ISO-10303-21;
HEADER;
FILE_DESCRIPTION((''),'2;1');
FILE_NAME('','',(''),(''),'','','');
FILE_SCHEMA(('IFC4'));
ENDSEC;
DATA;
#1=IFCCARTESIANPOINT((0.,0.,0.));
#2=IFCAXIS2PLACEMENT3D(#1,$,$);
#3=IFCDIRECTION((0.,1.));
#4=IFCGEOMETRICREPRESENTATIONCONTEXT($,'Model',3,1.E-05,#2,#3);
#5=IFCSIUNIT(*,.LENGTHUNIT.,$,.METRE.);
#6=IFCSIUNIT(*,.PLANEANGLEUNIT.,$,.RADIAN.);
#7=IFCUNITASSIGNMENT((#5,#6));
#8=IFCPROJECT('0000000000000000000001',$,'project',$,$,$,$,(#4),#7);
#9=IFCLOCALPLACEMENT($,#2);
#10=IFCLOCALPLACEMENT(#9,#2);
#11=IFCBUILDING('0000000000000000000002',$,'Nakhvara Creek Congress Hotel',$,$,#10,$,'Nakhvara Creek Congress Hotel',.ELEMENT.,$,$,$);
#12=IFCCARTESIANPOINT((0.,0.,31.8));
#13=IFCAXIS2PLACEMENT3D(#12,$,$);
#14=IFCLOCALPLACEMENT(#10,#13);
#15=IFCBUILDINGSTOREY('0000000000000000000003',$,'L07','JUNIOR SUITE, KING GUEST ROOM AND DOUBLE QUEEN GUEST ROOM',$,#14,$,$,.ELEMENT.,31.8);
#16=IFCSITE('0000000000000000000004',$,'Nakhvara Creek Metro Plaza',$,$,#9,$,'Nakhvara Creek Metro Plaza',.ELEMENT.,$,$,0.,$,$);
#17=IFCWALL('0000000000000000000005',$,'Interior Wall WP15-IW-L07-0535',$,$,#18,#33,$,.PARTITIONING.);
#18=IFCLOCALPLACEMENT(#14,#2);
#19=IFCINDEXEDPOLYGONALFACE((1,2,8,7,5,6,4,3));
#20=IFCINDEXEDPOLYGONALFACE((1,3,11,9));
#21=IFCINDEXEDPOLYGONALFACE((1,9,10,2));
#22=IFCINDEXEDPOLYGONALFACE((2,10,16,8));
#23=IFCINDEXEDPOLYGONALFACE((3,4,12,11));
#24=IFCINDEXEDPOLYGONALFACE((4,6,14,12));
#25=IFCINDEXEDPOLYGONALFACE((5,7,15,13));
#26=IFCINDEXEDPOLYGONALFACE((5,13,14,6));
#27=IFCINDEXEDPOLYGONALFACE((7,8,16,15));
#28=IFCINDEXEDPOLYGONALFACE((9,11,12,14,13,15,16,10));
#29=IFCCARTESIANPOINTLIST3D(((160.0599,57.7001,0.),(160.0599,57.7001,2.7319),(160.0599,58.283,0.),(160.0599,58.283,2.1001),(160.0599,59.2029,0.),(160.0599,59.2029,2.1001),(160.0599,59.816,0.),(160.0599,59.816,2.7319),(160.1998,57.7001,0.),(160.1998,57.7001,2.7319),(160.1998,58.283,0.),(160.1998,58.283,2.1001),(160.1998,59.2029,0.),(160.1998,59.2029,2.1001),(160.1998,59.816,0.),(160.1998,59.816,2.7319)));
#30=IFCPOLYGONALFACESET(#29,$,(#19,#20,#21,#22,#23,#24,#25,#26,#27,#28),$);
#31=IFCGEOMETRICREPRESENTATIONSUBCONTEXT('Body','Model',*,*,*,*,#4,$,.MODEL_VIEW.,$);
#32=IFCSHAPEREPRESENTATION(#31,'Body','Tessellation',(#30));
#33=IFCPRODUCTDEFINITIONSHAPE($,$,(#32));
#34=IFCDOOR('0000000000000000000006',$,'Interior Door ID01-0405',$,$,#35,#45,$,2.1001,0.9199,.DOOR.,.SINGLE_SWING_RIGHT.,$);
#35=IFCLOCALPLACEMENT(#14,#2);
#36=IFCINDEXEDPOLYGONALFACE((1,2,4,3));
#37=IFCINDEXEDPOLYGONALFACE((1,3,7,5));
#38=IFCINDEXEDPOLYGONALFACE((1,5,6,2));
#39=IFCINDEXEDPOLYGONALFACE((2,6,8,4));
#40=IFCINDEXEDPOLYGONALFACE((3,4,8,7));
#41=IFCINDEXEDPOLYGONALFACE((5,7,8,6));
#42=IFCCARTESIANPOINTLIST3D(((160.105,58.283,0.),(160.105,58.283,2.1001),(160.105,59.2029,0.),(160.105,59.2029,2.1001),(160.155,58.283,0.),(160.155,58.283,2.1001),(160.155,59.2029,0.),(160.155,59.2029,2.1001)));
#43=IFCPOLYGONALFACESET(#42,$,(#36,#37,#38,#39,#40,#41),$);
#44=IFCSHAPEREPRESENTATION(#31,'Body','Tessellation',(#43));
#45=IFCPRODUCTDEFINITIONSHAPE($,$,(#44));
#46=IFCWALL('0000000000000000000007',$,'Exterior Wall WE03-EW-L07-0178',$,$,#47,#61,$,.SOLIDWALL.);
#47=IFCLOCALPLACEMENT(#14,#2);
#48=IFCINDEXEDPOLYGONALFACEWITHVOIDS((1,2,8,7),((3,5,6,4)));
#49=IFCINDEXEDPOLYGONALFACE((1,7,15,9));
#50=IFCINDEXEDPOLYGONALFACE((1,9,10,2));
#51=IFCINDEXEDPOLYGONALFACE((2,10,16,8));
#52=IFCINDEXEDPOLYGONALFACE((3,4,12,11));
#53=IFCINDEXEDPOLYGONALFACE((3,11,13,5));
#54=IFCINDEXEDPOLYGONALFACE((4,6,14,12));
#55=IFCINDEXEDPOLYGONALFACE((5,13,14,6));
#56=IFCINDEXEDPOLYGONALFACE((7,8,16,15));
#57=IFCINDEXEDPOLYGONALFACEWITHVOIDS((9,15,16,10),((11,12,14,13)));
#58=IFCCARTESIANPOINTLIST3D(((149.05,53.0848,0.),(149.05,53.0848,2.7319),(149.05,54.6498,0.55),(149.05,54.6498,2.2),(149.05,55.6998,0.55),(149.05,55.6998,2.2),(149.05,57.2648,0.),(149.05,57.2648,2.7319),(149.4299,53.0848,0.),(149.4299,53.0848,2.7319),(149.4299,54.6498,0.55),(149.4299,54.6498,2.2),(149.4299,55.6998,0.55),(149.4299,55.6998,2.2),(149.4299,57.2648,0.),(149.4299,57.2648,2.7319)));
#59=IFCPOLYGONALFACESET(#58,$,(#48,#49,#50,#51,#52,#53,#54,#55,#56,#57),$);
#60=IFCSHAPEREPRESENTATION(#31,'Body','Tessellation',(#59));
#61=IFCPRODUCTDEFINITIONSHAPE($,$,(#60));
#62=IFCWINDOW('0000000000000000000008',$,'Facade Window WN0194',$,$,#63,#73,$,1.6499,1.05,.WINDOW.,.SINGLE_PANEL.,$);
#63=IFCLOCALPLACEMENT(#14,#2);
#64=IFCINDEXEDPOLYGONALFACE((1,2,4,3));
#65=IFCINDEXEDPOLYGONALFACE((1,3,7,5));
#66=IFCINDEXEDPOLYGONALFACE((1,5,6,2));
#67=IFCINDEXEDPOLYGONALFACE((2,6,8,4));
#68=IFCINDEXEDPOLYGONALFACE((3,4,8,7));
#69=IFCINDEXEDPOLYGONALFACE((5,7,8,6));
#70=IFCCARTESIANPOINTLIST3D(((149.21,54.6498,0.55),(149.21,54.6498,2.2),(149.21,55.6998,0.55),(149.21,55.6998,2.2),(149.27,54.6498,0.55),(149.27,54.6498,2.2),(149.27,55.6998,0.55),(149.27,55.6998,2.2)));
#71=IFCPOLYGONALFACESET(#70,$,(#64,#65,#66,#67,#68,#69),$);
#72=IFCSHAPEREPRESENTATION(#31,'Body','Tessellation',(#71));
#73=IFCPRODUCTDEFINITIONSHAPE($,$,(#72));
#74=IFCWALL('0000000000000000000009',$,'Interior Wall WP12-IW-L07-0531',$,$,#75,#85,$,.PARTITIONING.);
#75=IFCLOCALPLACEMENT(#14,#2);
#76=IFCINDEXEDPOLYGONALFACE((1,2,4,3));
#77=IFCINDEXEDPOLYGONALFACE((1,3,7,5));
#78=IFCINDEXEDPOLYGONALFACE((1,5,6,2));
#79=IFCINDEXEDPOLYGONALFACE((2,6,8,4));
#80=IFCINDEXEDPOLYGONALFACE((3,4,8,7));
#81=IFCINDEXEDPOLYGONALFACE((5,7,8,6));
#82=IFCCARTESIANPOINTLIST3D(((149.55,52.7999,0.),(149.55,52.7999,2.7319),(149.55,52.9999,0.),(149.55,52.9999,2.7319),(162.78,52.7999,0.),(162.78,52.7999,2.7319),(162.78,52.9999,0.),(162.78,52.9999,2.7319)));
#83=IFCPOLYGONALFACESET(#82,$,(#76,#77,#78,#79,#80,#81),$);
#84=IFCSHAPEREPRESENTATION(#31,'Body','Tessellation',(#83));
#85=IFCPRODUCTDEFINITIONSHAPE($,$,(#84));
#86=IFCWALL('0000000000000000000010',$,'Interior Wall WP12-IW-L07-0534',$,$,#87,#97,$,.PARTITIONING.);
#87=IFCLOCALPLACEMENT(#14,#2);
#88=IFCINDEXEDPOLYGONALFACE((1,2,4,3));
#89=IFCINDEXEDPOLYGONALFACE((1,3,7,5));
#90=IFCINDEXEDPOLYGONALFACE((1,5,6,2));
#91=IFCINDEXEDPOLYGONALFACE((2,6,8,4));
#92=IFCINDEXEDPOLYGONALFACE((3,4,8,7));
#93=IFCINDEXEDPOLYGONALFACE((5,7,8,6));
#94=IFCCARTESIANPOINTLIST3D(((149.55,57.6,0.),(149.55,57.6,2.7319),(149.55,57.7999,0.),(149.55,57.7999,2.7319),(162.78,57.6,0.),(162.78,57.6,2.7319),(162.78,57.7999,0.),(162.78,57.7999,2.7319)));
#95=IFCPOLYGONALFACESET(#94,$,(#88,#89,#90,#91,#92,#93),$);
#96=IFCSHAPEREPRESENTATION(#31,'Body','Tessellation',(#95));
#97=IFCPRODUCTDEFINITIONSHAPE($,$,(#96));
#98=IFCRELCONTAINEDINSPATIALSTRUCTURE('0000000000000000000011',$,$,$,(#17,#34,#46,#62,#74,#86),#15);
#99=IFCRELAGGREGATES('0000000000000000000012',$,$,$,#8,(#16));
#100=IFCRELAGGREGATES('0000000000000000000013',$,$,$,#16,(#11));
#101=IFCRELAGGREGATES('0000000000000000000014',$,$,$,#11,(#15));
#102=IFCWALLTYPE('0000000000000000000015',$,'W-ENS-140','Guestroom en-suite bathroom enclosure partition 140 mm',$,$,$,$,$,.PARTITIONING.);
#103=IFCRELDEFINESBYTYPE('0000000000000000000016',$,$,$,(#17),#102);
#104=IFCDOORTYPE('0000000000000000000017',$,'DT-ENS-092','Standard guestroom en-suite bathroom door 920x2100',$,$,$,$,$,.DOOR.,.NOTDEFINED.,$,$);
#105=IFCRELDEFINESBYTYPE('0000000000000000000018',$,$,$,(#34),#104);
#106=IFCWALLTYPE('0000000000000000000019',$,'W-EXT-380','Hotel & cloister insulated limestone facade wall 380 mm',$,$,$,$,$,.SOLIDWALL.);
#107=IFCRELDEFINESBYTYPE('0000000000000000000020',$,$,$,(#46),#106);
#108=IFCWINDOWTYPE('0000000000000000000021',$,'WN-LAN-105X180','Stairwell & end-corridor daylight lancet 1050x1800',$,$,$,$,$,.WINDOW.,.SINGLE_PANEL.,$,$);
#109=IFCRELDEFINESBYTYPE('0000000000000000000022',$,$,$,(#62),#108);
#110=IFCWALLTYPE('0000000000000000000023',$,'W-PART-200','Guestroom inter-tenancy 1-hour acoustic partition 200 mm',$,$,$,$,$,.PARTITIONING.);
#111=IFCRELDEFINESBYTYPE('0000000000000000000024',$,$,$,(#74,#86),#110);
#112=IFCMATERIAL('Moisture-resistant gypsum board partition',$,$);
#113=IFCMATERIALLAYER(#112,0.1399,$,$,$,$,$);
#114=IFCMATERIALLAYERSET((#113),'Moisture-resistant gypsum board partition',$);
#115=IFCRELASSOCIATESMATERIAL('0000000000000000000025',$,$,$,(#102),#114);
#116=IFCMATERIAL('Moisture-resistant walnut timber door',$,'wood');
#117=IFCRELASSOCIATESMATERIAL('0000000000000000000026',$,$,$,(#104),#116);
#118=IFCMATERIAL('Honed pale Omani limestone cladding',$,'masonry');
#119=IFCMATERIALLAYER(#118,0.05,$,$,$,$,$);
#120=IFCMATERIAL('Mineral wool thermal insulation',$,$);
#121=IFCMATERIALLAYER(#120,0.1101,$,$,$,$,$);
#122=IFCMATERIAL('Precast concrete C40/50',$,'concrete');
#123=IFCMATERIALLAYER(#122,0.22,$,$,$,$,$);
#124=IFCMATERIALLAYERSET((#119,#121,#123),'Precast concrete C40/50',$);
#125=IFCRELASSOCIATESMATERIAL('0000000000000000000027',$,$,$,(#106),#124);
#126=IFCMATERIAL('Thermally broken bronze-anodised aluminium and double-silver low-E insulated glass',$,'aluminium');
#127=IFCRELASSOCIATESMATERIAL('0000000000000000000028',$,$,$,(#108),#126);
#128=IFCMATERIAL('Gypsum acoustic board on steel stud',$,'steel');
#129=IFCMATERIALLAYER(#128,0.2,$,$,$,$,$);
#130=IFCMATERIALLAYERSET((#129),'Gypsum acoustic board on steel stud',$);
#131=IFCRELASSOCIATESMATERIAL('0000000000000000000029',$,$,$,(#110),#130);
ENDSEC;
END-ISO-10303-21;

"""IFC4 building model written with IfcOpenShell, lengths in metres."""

from ifc_helpers import new_model, si_unit, direction, frame, frame_2d, origin, place, context, subcontext, project, spatial, rectangle, extrude, material, layer, layer_set, type_object, element, fill, save


model = new_model("IFC4")

# Units and contexts
model_context = context("Model", 3, precision=1e-05, world=origin(), true_north=direction((0.0, 1.0)))
body_context = subcontext(model_context, "Body", "Model", "MODEL_VIEW")
ifc_project = project(units=[si_unit("LENGTHUNIT", "METRE"), si_unit("PLANEANGLEUNIT", "RADIAN")], contexts=[model_context])

# Site, building, storey
site_placement = place(None, origin())
site = spatial("IfcSite", under=ifc_project, at=site_placement, Name="Nakhvara Creek Metro Plaza", LongName="Nakhvara Creek Metro Plaza", CompositionType="ELEMENT", RefElevation=0.0)
building_placement = place(site_placement, origin())
building = spatial("IfcBuilding", under=site, at=building_placement, Name="Nakhvara Creek Congress Hotel", LongName="Nakhvara Creek Congress Hotel", CompositionType="ELEMENT")
storey_placement = place(building_placement, frame((0.0, 0.0, 31.8)))
storey = spatial("IfcBuildingStorey", under=building, at=storey_placement, Name="L07", Description="JUNIOR SUITE, KING GUEST ROOM AND DOUBLE QUEEN GUEST ROOM", CompositionType="ELEMENT", Elevation=31.8)

# Shared definitions
ifc_material_1 = material(Name="Moisture-resistant gypsum board partition")
ifc_layer_1 = layer(ifc_material_1, 0.1399)
ifc_layer_set_1 = layer_set([ifc_layer_1], Name="Moisture-resistant gypsum board partition")
wall_type_1 = type_object("IfcWallType", Name="W-ENS-140", Description="Guestroom en-suite bathroom enclosure partition 140 mm", PredefinedType="PARTITIONING", material=ifc_layer_set_1)
ifc_material_2 = material(Name="Moisture-resistant walnut timber door", Category="wood")

# Wall, opening, door
wall_1_placement = place(storey_placement, frame((160.1299, 57.7, 0.0), z_axis=(0.0, 0.0, 1.0), x_axis=(0.0, 1.0, 0.0)))
wall_1 = element("IfcWall", 1, at=wall_1_placement, inside=storey, type_object=wall_type_1, Name="Interior Wall WP15-IW-L07-0535", PredefinedType="PARTITIONING", context=body_context, shape_type="SweptSolid", body=[
    extrude(rectangle(XDim=2.116, YDim=0.1399, at=frame_2d((1.0581, 0.0))), origin(), (0.0, 0.0, 1.0), 2.7319),
])
opening_1_placement = place(wall_1_placement, frame((0.583, 0.0, 0.0)))
opening_1 = element("IfcOpeningElement", 2, at=opening_1_placement, cuts=wall_1, PredefinedType="OPENING", context=body_context, shape_type="SweptSolid", body=[
    extrude(rectangle(XDim=0.9199, YDim=2.1001, at=frame_2d((0.46, 1.05))), frame((0.0, 0.082, 0.0), z_axis=(0.0, -1.0, 0.0), x_axis=(1.0, 0.0, 0.0)), (0.0, 0.0, 1.0), 0.1638),
])
door_type_1 = type_object("IfcDoorType", Name="DT-ENS-092", Description="Standard guestroom en-suite bathroom door 920x2100", OperationType="NOTDEFINED", PredefinedType="DOOR", material=ifc_material_2)
door_1_placement = place(opening_1_placement, origin())
door_1 = element("IfcDoor", 3, at=door_1_placement, inside=storey, type_object=door_type_1, Name="Interior Door ID01-0405", OperationType="SINGLE_SWING_RIGHT", OverallHeight=2.1001, OverallWidth=0.9199, PredefinedType="DOOR", context=body_context, shape_type="SweptSolid", body=[
    extrude(rectangle(XDim=0.9199, YDim=2.1001, at=frame_2d((0.46, 1.05))), frame((0.0, 0.0249, 0.0), z_axis=(0.0, -1.0, 0.0), x_axis=(1.0, 0.0, 0.0)), (0.0, 0.0, 1.0), 0.05),
])
fill(opening_1, door_1)

# Wall, opening, window
ifc_material_3 = material(Name="Honed pale Omani limestone cladding", Category="masonry")
ifc_layer_2 = layer(ifc_material_3, 0.05)
ifc_material_4 = material(Name="Mineral wool thermal insulation")
ifc_layer_3 = layer(ifc_material_4, 0.1101)
ifc_material_5 = material(Name="Precast concrete C40/50", Category="concrete")
ifc_layer_4 = layer(ifc_material_5, 0.22)
ifc_layer_set_2 = layer_set([ifc_layer_2, ifc_layer_3, ifc_layer_4], Name="Precast concrete C40/50")
wall_type_2 = type_object("IfcWallType", Name="W-EXT-380", Description="Hotel & cloister insulated limestone facade wall 380 mm", PredefinedType="SOLIDWALL", material=ifc_layer_set_2)
wall_2_placement = place(storey_placement, frame((149.24, 53.085, 0.0), z_axis=(0.0, 0.0, 1.0), x_axis=(0.0, 1.0, 0.0)))
wall_2 = element("IfcWall", 4, at=wall_2_placement, inside=storey, type_object=wall_type_2, Name="Exterior Wall WE03-EW-L07-0178", PredefinedType="SOLIDWALL", context=body_context, shape_type="SweptSolid", body=[
    extrude(rectangle(XDim=4.1799, YDim=0.3799, at=frame_2d((2.0898, 0.0))), origin(), (0.0, 0.0, 1.0), 2.7319),
])
opening_2_placement = place(wall_2_placement, frame((1.5649, 0.0, 0.55)))
opening_2 = element("IfcOpeningElement", 5, at=opening_2_placement, cuts=wall_2, PredefinedType="OPENING", context=body_context, shape_type="SweptSolid", body=[
    extrude(rectangle(XDim=1.05, YDim=1.6499, at=frame_2d((0.5249, 0.825))), frame((0.0, 0.2019, 0.0), z_axis=(0.0, -1.0, 0.0), x_axis=(1.0, 0.0, 0.0)), (0.0, 0.0, 1.0), 0.4038),
])
ifc_material_6 = material(Name="Thermally broken bronze-anodised aluminium and double-silver low-E insulated glass", Category="aluminium")
window_type = type_object("IfcWindowType", Name="WN-LAN-105X180", Description="Stairwell & end-corridor daylight lancet 1050x1800", PartitioningType="SINGLE_PANEL", PredefinedType="WINDOW", material=ifc_material_6)
window_placement = place(opening_2_placement, origin())
window = element("IfcWindow", 6, at=window_placement, inside=storey, type_object=window_type, Name="Facade Window WN0194", OverallHeight=1.6499, OverallWidth=1.05, PartitioningType="SINGLE_PANEL", PredefinedType="WINDOW", context=body_context, shape_type="SweptSolid", body=[
    extrude(rectangle(XDim=1.05, YDim=1.6499, at=frame_2d((0.5249, 0.825))), frame((0.0, 0.03, 0.0), z_axis=(0.0, -1.0, 0.0), x_axis=(1.0, 0.0, 0.0)), (0.0, 0.0, 1.0), 0.0601),
])
fill(opening_2, window)

# Walls
ifc_material_7 = material(Name="Gypsum acoustic board on steel stud", Category="steel")
ifc_layer_5 = layer(ifc_material_7, 0.2)
ifc_layer_set_3 = layer_set([ifc_layer_5], Name="Gypsum acoustic board on steel stud")
wall_type_3 = type_object("IfcWallType", Name="W-PART-200", Description="Guestroom inter-tenancy 1-hour acoustic partition 200 mm", PredefinedType="PARTITIONING", material=ifc_layer_set_3)
for number, where, z_axis, x_axis, name in (
    (7, (149.55, 52.8999, 0.0), (0.0, 0.0, 1.0), (1.0, 0.0, 0.0), "Interior Wall WP12-IW-L07-0531"),
    (8, (149.55, 57.7, 0.0), (0.0, 0.0, 1.0), (1.0, 0.0, 0.0), "Interior Wall WP12-IW-L07-0534"),
):
    element("IfcWall", number, at=place(storey_placement, frame(where, z_axis=z_axis, x_axis=x_axis)), inside=storey, type_object=wall_type_3, Name=name, PredefinedType="PARTITIONING", context=body_context, shape_type="SweptSolid", body=[
        extrude(rectangle(XDim=13.23, YDim=0.2, at=frame_2d((6.615, 0.0))), origin(), (0.0, 0.0, 1.0), 2.7319),
    ])

save(model, "model.ifc")
